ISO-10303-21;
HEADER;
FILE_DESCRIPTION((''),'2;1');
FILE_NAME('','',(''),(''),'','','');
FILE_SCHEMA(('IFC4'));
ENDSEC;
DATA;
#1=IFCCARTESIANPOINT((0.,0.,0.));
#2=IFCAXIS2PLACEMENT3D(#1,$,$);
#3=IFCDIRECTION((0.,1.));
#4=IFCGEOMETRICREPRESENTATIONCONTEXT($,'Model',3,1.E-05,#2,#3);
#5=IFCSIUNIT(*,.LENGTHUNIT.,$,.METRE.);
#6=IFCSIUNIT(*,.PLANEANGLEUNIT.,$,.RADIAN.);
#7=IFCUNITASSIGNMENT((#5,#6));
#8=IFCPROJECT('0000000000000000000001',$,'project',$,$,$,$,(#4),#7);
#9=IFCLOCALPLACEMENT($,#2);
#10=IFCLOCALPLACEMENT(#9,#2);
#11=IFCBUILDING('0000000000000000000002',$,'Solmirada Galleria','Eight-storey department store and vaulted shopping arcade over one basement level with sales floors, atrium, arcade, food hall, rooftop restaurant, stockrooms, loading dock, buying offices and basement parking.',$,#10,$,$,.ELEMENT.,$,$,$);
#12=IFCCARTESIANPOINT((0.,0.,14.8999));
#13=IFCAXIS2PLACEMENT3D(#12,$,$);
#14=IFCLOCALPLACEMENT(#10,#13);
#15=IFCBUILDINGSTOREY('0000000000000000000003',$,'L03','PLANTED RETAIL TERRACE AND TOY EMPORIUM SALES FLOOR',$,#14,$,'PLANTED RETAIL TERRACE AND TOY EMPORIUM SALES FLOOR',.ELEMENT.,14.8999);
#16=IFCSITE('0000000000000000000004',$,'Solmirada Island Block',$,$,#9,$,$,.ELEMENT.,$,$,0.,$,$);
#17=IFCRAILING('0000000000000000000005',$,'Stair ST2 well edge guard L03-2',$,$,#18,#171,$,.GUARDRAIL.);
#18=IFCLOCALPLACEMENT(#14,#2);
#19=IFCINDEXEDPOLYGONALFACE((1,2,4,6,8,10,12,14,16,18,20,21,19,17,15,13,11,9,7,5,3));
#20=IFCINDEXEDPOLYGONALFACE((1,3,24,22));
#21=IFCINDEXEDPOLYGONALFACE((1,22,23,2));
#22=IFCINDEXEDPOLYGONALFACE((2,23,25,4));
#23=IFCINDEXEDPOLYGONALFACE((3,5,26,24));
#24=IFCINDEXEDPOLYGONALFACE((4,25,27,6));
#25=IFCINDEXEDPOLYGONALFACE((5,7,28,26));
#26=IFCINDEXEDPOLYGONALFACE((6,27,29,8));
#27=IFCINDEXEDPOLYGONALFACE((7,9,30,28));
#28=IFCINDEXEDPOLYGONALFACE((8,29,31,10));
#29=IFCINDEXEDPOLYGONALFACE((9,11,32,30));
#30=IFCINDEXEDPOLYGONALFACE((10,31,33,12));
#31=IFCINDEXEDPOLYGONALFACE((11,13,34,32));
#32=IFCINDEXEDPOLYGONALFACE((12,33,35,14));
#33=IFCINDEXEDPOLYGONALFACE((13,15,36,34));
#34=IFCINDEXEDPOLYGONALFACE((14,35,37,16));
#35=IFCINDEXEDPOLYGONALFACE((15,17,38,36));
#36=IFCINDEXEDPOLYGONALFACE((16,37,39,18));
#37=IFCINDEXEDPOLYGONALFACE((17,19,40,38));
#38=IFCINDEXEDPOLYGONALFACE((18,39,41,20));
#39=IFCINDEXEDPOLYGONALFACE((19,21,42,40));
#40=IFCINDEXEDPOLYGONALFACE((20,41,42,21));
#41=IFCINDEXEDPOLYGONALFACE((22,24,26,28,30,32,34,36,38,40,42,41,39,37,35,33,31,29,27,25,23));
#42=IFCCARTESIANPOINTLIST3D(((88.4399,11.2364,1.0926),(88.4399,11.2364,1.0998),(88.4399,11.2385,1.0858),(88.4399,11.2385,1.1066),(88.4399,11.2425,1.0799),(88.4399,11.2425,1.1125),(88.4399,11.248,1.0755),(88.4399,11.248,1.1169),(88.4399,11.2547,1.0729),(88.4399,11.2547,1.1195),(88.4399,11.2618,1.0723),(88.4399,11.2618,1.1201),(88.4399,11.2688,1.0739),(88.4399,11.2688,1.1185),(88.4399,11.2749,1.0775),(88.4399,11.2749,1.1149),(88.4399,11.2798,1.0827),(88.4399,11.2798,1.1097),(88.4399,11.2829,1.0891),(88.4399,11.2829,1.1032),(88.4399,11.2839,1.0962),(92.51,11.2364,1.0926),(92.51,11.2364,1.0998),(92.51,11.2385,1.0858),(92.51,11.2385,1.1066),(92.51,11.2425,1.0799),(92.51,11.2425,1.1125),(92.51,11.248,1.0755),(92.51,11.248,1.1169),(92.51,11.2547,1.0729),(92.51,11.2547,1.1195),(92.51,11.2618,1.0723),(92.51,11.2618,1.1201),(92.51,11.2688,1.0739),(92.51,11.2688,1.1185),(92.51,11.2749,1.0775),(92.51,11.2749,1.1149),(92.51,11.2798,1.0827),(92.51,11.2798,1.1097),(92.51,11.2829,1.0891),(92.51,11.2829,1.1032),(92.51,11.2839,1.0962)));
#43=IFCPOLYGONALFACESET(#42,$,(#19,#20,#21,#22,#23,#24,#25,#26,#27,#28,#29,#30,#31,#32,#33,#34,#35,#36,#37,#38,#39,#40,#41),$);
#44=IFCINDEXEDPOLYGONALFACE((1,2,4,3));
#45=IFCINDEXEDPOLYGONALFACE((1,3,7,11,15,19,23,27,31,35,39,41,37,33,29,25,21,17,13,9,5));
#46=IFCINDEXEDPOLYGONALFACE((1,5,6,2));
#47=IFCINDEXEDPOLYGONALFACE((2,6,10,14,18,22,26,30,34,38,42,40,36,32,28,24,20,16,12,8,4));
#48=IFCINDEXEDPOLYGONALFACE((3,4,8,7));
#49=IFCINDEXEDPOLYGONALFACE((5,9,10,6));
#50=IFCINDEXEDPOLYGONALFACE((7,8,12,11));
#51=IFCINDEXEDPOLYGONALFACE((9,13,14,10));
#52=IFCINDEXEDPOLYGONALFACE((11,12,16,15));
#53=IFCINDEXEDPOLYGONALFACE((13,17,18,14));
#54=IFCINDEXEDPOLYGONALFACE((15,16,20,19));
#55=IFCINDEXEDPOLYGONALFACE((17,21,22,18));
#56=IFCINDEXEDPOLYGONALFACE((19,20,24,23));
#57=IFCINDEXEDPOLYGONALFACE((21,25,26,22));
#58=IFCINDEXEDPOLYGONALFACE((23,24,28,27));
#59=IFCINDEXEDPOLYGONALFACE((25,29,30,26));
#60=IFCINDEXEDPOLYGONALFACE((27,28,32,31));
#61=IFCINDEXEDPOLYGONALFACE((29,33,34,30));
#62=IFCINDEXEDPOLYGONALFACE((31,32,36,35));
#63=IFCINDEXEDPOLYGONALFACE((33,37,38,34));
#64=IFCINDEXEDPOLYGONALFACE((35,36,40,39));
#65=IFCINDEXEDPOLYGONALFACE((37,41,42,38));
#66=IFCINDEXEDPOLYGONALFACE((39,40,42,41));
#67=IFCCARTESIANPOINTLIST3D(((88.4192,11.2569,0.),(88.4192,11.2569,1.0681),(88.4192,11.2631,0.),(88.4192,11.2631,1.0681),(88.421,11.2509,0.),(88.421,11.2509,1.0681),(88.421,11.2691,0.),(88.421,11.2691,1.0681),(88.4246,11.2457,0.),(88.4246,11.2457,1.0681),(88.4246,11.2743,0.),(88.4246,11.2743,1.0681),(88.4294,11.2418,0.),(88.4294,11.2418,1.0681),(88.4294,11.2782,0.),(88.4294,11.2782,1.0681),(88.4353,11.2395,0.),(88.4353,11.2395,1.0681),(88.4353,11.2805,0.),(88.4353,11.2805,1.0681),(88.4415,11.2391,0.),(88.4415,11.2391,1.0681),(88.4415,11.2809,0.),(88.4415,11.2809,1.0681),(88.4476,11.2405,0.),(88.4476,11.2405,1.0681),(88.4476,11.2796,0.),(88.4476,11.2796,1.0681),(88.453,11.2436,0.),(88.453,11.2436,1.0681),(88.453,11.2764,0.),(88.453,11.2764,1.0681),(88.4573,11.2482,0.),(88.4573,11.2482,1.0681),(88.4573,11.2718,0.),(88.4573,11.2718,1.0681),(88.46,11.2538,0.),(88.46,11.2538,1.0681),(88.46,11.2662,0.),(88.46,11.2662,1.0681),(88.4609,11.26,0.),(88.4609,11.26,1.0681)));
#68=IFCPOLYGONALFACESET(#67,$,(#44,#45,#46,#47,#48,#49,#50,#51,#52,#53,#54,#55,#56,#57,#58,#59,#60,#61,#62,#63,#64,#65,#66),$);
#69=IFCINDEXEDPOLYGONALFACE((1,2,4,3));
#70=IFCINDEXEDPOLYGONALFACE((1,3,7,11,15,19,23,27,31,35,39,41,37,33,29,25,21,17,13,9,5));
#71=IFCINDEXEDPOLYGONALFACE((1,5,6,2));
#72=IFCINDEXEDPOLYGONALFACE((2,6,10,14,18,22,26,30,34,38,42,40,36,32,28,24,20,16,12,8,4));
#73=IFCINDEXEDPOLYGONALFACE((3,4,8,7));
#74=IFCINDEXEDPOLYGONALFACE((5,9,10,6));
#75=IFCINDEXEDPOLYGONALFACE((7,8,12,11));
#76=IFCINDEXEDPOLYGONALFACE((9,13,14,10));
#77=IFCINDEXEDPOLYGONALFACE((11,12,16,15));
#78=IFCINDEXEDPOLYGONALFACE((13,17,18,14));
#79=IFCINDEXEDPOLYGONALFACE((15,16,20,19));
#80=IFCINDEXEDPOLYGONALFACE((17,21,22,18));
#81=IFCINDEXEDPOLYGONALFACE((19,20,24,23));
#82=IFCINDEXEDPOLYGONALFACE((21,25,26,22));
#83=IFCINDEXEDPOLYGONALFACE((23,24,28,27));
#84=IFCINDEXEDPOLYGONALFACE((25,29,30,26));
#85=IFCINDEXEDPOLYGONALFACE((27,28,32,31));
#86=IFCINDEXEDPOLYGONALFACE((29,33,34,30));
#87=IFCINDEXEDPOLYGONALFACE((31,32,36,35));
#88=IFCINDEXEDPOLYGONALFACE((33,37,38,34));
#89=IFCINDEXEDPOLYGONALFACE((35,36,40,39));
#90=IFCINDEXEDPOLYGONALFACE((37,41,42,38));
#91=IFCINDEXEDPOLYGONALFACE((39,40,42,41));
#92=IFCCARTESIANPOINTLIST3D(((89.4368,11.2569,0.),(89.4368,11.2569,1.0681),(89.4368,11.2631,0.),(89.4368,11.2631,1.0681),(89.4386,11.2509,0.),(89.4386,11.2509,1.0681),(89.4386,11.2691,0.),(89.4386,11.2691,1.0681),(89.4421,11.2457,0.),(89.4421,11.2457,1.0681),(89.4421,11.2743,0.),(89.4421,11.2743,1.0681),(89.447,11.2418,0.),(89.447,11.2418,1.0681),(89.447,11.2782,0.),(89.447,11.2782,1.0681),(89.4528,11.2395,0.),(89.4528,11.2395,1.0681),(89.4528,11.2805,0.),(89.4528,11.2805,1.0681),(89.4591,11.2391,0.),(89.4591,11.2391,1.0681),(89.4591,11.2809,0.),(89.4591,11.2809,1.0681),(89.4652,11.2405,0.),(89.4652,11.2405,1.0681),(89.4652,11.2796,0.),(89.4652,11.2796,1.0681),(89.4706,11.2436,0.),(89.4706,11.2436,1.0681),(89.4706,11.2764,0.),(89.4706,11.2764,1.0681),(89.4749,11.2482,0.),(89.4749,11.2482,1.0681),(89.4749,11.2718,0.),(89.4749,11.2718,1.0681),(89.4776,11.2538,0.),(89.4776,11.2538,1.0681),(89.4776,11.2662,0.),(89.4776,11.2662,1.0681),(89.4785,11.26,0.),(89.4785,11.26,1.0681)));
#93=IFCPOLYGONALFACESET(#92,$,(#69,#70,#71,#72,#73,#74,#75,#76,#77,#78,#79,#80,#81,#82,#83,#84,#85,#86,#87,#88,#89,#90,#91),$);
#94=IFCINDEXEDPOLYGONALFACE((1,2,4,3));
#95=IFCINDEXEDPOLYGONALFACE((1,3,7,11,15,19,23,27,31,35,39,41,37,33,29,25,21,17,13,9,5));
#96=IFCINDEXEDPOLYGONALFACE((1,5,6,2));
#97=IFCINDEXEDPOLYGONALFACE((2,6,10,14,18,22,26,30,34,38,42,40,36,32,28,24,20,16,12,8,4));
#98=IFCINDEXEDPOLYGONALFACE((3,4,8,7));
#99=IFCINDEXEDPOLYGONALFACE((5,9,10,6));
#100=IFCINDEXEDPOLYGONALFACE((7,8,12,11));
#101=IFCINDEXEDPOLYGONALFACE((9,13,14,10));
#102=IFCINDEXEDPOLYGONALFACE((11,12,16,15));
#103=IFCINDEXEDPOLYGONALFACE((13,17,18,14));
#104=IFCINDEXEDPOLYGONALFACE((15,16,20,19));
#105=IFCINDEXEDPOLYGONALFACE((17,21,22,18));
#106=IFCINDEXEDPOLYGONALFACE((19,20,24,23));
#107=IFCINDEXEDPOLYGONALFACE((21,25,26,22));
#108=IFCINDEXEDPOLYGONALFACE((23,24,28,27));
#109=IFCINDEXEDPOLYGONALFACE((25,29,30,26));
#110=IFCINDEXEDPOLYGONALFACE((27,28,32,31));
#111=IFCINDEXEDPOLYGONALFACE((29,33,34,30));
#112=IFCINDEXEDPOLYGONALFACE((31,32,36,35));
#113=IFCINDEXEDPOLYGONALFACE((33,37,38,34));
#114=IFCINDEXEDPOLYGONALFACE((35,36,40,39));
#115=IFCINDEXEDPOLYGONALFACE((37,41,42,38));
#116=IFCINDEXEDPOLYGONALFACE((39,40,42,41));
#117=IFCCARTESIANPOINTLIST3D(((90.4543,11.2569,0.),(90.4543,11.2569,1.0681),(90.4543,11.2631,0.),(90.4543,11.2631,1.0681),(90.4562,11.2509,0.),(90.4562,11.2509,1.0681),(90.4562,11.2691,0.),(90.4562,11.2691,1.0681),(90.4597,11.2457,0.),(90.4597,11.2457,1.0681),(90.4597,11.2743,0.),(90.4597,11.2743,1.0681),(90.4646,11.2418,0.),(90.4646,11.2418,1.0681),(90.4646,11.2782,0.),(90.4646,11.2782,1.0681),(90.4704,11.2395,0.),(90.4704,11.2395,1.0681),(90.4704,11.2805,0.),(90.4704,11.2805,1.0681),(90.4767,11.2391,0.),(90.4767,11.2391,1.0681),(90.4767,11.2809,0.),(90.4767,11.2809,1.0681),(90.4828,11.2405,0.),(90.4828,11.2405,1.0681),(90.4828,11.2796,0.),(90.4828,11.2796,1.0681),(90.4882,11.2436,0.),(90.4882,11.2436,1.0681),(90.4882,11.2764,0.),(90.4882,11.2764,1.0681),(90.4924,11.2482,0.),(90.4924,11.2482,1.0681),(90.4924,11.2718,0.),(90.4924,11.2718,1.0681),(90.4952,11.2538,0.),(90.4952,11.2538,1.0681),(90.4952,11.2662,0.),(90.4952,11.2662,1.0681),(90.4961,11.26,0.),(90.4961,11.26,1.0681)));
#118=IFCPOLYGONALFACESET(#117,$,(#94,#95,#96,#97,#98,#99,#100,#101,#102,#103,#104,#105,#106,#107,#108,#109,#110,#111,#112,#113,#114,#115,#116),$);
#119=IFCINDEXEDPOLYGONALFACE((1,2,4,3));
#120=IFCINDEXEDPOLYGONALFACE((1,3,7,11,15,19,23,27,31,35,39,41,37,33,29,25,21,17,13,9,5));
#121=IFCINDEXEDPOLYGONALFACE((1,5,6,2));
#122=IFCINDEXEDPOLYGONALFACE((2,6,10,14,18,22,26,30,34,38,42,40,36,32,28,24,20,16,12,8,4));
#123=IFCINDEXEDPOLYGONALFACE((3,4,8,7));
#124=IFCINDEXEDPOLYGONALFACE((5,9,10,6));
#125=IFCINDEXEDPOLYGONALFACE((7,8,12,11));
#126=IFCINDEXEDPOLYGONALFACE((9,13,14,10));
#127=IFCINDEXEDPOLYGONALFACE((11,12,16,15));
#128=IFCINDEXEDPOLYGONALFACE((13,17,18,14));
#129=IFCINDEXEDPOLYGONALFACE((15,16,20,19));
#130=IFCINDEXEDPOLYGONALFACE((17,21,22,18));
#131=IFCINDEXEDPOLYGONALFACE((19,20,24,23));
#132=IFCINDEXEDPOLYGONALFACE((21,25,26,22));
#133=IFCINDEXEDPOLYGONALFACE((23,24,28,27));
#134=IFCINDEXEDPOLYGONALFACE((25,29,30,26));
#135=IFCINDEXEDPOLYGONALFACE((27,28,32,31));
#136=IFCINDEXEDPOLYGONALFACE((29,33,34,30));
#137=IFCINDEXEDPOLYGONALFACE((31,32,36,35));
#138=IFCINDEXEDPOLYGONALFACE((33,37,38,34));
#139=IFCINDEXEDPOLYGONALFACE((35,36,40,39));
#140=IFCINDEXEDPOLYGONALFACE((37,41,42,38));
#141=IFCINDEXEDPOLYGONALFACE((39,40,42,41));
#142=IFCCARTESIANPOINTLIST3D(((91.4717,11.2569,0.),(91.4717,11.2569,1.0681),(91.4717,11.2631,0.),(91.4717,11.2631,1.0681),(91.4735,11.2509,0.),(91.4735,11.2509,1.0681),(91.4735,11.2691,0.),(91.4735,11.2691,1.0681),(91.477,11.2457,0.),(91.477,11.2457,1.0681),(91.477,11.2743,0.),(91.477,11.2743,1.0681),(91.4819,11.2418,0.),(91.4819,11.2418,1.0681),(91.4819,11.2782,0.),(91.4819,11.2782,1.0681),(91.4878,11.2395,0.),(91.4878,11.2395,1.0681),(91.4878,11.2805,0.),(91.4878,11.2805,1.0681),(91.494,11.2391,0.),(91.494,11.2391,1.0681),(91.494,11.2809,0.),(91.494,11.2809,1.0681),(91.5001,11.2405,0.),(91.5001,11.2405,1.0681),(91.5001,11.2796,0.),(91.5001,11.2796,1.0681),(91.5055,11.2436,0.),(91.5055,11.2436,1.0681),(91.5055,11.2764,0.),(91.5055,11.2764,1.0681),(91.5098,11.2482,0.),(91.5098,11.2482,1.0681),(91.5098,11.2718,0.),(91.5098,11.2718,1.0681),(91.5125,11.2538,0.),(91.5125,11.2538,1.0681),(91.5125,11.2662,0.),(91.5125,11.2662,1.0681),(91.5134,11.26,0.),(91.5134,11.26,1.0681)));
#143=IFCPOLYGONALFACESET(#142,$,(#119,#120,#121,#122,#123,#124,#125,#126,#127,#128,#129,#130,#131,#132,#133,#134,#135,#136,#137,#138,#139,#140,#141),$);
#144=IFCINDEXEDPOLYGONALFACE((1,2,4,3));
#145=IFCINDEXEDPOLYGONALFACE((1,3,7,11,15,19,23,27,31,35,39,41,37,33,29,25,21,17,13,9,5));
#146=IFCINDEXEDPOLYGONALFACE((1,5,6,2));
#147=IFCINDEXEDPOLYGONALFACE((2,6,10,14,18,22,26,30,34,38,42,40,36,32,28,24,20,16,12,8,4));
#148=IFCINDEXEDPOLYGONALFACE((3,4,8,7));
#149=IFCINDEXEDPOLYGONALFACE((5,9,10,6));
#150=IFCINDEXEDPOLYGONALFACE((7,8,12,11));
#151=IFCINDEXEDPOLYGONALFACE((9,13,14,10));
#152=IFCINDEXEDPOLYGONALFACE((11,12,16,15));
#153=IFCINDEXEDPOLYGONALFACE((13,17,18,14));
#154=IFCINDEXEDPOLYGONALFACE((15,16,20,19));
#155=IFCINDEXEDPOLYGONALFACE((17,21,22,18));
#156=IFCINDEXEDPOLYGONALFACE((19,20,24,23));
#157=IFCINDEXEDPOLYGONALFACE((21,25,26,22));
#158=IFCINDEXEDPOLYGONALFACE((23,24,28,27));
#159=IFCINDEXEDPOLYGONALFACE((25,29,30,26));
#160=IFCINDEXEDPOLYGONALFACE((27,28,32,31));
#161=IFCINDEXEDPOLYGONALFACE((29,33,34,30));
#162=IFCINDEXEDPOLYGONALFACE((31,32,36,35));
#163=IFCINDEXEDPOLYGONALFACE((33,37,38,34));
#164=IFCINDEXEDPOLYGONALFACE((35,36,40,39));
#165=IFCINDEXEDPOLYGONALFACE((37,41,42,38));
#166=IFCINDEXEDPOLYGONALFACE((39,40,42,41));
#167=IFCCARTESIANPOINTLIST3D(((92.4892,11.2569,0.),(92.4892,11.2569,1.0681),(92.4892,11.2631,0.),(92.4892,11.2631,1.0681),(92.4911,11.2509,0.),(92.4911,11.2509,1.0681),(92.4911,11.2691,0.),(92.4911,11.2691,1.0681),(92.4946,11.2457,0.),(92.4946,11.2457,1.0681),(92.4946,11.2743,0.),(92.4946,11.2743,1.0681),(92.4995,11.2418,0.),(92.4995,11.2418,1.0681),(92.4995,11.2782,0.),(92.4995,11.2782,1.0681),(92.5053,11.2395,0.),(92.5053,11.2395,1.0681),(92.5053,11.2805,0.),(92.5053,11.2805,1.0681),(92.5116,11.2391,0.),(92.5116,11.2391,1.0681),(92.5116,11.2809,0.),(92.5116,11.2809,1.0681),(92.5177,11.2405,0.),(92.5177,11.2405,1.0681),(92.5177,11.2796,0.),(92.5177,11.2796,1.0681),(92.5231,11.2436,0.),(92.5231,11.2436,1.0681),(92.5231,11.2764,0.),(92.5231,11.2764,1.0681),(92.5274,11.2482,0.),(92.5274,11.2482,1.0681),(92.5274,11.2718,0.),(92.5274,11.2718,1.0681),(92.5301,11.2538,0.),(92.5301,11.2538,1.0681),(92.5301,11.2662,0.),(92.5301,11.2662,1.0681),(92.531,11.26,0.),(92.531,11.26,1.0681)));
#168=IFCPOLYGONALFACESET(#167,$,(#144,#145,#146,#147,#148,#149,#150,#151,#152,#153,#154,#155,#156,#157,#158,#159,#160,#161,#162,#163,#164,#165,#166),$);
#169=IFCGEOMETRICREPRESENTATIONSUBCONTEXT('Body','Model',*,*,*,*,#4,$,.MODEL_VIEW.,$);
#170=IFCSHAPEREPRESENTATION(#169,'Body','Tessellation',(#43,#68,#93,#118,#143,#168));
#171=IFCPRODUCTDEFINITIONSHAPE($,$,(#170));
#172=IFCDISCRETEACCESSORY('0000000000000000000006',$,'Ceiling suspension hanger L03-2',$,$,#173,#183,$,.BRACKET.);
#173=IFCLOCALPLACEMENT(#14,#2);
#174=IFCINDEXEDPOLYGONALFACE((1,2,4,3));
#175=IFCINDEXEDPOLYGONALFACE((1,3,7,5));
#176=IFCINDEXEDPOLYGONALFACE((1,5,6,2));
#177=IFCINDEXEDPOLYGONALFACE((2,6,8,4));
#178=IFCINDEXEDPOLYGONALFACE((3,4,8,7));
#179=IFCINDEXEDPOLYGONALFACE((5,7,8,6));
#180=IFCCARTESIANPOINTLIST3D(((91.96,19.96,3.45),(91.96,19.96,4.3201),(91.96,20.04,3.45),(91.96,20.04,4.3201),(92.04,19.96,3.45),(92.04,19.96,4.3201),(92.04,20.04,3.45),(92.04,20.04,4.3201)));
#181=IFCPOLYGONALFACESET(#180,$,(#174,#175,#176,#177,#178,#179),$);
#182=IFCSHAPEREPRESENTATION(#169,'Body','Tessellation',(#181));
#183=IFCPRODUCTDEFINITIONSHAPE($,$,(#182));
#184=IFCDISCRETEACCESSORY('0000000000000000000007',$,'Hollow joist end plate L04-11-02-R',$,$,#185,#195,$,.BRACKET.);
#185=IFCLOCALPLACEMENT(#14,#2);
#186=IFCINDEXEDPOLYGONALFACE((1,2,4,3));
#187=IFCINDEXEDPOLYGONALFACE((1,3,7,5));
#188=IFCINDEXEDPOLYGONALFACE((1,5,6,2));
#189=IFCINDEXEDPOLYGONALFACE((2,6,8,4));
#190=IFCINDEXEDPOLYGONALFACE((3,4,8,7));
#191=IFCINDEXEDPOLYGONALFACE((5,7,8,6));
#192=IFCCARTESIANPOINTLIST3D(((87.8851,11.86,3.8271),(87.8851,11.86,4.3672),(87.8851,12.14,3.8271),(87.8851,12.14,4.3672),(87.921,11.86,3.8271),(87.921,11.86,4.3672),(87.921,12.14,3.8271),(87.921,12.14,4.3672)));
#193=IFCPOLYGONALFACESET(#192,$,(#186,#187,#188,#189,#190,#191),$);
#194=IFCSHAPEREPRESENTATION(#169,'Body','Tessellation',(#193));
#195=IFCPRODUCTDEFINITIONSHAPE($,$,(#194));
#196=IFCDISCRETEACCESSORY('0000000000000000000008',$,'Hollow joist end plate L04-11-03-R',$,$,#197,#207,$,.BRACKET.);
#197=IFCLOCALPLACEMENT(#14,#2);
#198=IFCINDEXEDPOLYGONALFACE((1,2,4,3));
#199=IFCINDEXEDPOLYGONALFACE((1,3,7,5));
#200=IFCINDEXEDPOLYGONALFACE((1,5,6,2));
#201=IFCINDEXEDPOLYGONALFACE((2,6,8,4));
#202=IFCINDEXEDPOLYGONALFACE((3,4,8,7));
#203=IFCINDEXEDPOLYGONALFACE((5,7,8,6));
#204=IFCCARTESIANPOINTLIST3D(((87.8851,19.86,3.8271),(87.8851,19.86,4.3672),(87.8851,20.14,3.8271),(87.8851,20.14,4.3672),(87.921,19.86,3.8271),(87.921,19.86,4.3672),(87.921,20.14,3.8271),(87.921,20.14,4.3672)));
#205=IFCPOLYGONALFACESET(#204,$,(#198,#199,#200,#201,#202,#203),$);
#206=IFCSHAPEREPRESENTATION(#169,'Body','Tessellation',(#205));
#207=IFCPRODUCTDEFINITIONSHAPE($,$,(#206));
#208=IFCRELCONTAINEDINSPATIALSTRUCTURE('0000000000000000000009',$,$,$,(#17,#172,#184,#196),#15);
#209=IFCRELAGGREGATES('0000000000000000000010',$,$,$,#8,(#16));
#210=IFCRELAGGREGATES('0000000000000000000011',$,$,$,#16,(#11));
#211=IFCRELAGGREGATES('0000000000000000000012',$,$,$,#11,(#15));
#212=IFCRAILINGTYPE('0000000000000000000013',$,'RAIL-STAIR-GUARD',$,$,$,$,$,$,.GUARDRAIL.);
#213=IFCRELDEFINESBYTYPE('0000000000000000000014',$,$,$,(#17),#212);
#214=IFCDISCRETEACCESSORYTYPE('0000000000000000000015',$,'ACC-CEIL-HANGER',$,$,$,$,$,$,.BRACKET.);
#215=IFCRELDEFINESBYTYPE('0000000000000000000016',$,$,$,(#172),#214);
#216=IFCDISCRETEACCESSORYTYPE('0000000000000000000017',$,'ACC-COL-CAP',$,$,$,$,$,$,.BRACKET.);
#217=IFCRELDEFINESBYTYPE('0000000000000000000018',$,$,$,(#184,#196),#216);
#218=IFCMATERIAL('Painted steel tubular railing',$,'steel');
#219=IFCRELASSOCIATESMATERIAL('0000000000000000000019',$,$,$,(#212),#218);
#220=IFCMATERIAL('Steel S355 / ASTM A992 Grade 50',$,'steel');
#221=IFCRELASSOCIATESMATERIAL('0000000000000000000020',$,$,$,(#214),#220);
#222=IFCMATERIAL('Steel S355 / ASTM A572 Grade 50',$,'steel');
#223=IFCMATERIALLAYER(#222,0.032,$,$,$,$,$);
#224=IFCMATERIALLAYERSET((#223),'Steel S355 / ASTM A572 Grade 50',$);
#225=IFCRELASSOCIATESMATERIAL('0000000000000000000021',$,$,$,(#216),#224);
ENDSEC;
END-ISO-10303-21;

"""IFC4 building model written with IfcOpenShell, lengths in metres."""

from ifc_helpers import new_model, si_unit, direction, frame, origin, origin_2d, place, context, subcontext, project, spatial, rectangle, circle, extrude, material, layer, layer_set, type_object, element, save


model = new_model("IFC4")

# Units and contexts
model_context = context("Model", 3, precision=1e-05, world=origin(), true_north=direction((0.0, 1.0)))
body_context = subcontext(model_context, "Body", "Model", "MODEL_VIEW")
ifc_project = project(units=[si_unit("LENGTHUNIT", "METRE"), si_unit("PLANEANGLEUNIT", "RADIAN")], contexts=[model_context])

# Site, building, storey
site_placement = place(None, origin())
site = spatial("IfcSite", under=ifc_project, at=site_placement, Name="Solmirada Island Block", CompositionType="ELEMENT", RefElevation=0.0)
building_placement = place(site_placement, origin())
building = spatial("IfcBuilding", under=site, at=building_placement, Name="Solmirada Galleria", Description="Eight-storey department store and vaulted shopping arcade over one basement level with sales floors, atrium, arcade, food hall, rooftop restaurant, stockrooms, loading dock, buying offices and basement parking.", CompositionType="ELEMENT")
storey_placement = place(building_placement, frame((0.0, 0.0, 14.8999)))
storey = spatial("IfcBuildingStorey", under=building, at=storey_placement, Name="L03", Description="PLANTED RETAIL TERRACE AND TOY EMPORIUM SALES FLOOR", LongName="PLANTED RETAIL TERRACE AND TOY EMPORIUM SALES FLOOR", CompositionType="ELEMENT", Elevation=14.8999)

# Shared definitions
ifc_material_1 = material(Name="Steel S355 / ASTM A992 Grade 50", Category="steel")

# Railing
ifc_material_2 = material(Name="Painted steel tubular railing", Category="steel")
railing_type = type_object("IfcRailingType", Name="RAIL-STAIR-GUARD", PredefinedType="GUARDRAIL", material=ifc_material_2)
railing_1_placement = place(storey_placement, frame((88.4399, 11.26, 0.0)))
element("IfcRailing", 1, at=railing_1_placement, inside=storey, type_object=railing_type, Name="Stair ST2 well edge guard L03-2", PredefinedType="GUARDRAIL", context=body_context, shape_type="SweptSolid", body=[
    extrude(circle(Radius=0.0239, at=origin_2d()), frame((0.0, 0.0, 1.0962), z_axis=(1.0, 0.0, 0.0), x_axis=(0.0, 1.0, 0.0)), (0.0, 0.0, 1.0), 4.0701),
    extrude(circle(Radius=0.021, at=origin_2d()), origin(), (0.0, 0.0, 1.0), 1.0681),
    extrude(circle(Radius=0.021, at=origin_2d()), frame((1.0176, 0.0, 0.0)), (0.0, 0.0, 1.0), 1.0681),
    extrude(circle(Radius=0.021, at=origin_2d()), frame((2.0352, 0.0, 0.0)), (0.0, 0.0, 1.0), 1.0681),
    extrude(circle(Radius=0.021, at=origin_2d()), frame((3.0525, 0.0, 0.0)), (0.0, 0.0, 1.0), 1.0681),
    extrude(circle(Radius=0.021, at=origin_2d()), frame((4.0701, 0.0, 0.0)), (0.0, 0.0, 1.0), 1.0681),
])

# Discrete accessories
discrete_accessory_type_1 = type_object("IfcDiscreteAccessoryType", Name="ACC-CEIL-HANGER", PredefinedType="BRACKET", material=ifc_material_1)
discrete_accessory_placement = place(storey_placement, frame((92.0, 20.0, 3.45), z_axis=(0.0, 0.0, 1.0), x_axis=(1.0, 0.0, 0.0)))
element("IfcDiscreteAccessory", 2, at=discrete_accessory_placement, inside=storey, type_object=discrete_accessory_type_1, Name="Ceiling suspension hanger L03-2", PredefinedType="BRACKET", context=body_context, shape_type="SweptSolid", body=[
    extrude(rectangle(XDim=0.0801, YDim=0.0801, at=origin_2d()), origin(), (0.0, 0.0, 1.0), 0.8701),
])
ifc_material_3 = material(Name="Steel S355 / ASTM A572 Grade 50", Category="steel")
ifc_layer_1 = layer(ifc_material_3, 0.032)
ifc_layer_set_1 = layer_set([ifc_layer_1], Name="Steel S355 / ASTM A572 Grade 50")
discrete_accessory_type_2 = type_object("IfcDiscreteAccessoryType", Name="ACC-COL-CAP", PredefinedType="BRACKET", material=ifc_layer_set_1)
for number, where, z_axis, x_axis, name in (
    (3, (87.9031, 12.0, 3.8271), (0.0, 0.0, 1.0), (1.0, 0.0, 0.0), "Hollow joist end plate L04-11-02-R"),
    (4, (87.9031, 20.0, 3.8271), (0.0, 0.0, 1.0), (1.0, 0.0, 0.0), "Hollow joist end plate L04-11-03-R"),
):
    element("IfcDiscreteAccessory", number, at=place(storey_placement, frame(where, z_axis=z_axis, x_axis=x_axis)), inside=storey, type_object=discrete_accessory_type_2, Name=name, PredefinedType="BRACKET", context=body_context, shape_type="SweptSolid", body=[
        extrude(rectangle(XDim=0.0359, YDim=0.28, at=origin_2d()), origin(), (0.0, 0.0, 1.0), 0.54),
    ])

save(model, "model.ifc")
